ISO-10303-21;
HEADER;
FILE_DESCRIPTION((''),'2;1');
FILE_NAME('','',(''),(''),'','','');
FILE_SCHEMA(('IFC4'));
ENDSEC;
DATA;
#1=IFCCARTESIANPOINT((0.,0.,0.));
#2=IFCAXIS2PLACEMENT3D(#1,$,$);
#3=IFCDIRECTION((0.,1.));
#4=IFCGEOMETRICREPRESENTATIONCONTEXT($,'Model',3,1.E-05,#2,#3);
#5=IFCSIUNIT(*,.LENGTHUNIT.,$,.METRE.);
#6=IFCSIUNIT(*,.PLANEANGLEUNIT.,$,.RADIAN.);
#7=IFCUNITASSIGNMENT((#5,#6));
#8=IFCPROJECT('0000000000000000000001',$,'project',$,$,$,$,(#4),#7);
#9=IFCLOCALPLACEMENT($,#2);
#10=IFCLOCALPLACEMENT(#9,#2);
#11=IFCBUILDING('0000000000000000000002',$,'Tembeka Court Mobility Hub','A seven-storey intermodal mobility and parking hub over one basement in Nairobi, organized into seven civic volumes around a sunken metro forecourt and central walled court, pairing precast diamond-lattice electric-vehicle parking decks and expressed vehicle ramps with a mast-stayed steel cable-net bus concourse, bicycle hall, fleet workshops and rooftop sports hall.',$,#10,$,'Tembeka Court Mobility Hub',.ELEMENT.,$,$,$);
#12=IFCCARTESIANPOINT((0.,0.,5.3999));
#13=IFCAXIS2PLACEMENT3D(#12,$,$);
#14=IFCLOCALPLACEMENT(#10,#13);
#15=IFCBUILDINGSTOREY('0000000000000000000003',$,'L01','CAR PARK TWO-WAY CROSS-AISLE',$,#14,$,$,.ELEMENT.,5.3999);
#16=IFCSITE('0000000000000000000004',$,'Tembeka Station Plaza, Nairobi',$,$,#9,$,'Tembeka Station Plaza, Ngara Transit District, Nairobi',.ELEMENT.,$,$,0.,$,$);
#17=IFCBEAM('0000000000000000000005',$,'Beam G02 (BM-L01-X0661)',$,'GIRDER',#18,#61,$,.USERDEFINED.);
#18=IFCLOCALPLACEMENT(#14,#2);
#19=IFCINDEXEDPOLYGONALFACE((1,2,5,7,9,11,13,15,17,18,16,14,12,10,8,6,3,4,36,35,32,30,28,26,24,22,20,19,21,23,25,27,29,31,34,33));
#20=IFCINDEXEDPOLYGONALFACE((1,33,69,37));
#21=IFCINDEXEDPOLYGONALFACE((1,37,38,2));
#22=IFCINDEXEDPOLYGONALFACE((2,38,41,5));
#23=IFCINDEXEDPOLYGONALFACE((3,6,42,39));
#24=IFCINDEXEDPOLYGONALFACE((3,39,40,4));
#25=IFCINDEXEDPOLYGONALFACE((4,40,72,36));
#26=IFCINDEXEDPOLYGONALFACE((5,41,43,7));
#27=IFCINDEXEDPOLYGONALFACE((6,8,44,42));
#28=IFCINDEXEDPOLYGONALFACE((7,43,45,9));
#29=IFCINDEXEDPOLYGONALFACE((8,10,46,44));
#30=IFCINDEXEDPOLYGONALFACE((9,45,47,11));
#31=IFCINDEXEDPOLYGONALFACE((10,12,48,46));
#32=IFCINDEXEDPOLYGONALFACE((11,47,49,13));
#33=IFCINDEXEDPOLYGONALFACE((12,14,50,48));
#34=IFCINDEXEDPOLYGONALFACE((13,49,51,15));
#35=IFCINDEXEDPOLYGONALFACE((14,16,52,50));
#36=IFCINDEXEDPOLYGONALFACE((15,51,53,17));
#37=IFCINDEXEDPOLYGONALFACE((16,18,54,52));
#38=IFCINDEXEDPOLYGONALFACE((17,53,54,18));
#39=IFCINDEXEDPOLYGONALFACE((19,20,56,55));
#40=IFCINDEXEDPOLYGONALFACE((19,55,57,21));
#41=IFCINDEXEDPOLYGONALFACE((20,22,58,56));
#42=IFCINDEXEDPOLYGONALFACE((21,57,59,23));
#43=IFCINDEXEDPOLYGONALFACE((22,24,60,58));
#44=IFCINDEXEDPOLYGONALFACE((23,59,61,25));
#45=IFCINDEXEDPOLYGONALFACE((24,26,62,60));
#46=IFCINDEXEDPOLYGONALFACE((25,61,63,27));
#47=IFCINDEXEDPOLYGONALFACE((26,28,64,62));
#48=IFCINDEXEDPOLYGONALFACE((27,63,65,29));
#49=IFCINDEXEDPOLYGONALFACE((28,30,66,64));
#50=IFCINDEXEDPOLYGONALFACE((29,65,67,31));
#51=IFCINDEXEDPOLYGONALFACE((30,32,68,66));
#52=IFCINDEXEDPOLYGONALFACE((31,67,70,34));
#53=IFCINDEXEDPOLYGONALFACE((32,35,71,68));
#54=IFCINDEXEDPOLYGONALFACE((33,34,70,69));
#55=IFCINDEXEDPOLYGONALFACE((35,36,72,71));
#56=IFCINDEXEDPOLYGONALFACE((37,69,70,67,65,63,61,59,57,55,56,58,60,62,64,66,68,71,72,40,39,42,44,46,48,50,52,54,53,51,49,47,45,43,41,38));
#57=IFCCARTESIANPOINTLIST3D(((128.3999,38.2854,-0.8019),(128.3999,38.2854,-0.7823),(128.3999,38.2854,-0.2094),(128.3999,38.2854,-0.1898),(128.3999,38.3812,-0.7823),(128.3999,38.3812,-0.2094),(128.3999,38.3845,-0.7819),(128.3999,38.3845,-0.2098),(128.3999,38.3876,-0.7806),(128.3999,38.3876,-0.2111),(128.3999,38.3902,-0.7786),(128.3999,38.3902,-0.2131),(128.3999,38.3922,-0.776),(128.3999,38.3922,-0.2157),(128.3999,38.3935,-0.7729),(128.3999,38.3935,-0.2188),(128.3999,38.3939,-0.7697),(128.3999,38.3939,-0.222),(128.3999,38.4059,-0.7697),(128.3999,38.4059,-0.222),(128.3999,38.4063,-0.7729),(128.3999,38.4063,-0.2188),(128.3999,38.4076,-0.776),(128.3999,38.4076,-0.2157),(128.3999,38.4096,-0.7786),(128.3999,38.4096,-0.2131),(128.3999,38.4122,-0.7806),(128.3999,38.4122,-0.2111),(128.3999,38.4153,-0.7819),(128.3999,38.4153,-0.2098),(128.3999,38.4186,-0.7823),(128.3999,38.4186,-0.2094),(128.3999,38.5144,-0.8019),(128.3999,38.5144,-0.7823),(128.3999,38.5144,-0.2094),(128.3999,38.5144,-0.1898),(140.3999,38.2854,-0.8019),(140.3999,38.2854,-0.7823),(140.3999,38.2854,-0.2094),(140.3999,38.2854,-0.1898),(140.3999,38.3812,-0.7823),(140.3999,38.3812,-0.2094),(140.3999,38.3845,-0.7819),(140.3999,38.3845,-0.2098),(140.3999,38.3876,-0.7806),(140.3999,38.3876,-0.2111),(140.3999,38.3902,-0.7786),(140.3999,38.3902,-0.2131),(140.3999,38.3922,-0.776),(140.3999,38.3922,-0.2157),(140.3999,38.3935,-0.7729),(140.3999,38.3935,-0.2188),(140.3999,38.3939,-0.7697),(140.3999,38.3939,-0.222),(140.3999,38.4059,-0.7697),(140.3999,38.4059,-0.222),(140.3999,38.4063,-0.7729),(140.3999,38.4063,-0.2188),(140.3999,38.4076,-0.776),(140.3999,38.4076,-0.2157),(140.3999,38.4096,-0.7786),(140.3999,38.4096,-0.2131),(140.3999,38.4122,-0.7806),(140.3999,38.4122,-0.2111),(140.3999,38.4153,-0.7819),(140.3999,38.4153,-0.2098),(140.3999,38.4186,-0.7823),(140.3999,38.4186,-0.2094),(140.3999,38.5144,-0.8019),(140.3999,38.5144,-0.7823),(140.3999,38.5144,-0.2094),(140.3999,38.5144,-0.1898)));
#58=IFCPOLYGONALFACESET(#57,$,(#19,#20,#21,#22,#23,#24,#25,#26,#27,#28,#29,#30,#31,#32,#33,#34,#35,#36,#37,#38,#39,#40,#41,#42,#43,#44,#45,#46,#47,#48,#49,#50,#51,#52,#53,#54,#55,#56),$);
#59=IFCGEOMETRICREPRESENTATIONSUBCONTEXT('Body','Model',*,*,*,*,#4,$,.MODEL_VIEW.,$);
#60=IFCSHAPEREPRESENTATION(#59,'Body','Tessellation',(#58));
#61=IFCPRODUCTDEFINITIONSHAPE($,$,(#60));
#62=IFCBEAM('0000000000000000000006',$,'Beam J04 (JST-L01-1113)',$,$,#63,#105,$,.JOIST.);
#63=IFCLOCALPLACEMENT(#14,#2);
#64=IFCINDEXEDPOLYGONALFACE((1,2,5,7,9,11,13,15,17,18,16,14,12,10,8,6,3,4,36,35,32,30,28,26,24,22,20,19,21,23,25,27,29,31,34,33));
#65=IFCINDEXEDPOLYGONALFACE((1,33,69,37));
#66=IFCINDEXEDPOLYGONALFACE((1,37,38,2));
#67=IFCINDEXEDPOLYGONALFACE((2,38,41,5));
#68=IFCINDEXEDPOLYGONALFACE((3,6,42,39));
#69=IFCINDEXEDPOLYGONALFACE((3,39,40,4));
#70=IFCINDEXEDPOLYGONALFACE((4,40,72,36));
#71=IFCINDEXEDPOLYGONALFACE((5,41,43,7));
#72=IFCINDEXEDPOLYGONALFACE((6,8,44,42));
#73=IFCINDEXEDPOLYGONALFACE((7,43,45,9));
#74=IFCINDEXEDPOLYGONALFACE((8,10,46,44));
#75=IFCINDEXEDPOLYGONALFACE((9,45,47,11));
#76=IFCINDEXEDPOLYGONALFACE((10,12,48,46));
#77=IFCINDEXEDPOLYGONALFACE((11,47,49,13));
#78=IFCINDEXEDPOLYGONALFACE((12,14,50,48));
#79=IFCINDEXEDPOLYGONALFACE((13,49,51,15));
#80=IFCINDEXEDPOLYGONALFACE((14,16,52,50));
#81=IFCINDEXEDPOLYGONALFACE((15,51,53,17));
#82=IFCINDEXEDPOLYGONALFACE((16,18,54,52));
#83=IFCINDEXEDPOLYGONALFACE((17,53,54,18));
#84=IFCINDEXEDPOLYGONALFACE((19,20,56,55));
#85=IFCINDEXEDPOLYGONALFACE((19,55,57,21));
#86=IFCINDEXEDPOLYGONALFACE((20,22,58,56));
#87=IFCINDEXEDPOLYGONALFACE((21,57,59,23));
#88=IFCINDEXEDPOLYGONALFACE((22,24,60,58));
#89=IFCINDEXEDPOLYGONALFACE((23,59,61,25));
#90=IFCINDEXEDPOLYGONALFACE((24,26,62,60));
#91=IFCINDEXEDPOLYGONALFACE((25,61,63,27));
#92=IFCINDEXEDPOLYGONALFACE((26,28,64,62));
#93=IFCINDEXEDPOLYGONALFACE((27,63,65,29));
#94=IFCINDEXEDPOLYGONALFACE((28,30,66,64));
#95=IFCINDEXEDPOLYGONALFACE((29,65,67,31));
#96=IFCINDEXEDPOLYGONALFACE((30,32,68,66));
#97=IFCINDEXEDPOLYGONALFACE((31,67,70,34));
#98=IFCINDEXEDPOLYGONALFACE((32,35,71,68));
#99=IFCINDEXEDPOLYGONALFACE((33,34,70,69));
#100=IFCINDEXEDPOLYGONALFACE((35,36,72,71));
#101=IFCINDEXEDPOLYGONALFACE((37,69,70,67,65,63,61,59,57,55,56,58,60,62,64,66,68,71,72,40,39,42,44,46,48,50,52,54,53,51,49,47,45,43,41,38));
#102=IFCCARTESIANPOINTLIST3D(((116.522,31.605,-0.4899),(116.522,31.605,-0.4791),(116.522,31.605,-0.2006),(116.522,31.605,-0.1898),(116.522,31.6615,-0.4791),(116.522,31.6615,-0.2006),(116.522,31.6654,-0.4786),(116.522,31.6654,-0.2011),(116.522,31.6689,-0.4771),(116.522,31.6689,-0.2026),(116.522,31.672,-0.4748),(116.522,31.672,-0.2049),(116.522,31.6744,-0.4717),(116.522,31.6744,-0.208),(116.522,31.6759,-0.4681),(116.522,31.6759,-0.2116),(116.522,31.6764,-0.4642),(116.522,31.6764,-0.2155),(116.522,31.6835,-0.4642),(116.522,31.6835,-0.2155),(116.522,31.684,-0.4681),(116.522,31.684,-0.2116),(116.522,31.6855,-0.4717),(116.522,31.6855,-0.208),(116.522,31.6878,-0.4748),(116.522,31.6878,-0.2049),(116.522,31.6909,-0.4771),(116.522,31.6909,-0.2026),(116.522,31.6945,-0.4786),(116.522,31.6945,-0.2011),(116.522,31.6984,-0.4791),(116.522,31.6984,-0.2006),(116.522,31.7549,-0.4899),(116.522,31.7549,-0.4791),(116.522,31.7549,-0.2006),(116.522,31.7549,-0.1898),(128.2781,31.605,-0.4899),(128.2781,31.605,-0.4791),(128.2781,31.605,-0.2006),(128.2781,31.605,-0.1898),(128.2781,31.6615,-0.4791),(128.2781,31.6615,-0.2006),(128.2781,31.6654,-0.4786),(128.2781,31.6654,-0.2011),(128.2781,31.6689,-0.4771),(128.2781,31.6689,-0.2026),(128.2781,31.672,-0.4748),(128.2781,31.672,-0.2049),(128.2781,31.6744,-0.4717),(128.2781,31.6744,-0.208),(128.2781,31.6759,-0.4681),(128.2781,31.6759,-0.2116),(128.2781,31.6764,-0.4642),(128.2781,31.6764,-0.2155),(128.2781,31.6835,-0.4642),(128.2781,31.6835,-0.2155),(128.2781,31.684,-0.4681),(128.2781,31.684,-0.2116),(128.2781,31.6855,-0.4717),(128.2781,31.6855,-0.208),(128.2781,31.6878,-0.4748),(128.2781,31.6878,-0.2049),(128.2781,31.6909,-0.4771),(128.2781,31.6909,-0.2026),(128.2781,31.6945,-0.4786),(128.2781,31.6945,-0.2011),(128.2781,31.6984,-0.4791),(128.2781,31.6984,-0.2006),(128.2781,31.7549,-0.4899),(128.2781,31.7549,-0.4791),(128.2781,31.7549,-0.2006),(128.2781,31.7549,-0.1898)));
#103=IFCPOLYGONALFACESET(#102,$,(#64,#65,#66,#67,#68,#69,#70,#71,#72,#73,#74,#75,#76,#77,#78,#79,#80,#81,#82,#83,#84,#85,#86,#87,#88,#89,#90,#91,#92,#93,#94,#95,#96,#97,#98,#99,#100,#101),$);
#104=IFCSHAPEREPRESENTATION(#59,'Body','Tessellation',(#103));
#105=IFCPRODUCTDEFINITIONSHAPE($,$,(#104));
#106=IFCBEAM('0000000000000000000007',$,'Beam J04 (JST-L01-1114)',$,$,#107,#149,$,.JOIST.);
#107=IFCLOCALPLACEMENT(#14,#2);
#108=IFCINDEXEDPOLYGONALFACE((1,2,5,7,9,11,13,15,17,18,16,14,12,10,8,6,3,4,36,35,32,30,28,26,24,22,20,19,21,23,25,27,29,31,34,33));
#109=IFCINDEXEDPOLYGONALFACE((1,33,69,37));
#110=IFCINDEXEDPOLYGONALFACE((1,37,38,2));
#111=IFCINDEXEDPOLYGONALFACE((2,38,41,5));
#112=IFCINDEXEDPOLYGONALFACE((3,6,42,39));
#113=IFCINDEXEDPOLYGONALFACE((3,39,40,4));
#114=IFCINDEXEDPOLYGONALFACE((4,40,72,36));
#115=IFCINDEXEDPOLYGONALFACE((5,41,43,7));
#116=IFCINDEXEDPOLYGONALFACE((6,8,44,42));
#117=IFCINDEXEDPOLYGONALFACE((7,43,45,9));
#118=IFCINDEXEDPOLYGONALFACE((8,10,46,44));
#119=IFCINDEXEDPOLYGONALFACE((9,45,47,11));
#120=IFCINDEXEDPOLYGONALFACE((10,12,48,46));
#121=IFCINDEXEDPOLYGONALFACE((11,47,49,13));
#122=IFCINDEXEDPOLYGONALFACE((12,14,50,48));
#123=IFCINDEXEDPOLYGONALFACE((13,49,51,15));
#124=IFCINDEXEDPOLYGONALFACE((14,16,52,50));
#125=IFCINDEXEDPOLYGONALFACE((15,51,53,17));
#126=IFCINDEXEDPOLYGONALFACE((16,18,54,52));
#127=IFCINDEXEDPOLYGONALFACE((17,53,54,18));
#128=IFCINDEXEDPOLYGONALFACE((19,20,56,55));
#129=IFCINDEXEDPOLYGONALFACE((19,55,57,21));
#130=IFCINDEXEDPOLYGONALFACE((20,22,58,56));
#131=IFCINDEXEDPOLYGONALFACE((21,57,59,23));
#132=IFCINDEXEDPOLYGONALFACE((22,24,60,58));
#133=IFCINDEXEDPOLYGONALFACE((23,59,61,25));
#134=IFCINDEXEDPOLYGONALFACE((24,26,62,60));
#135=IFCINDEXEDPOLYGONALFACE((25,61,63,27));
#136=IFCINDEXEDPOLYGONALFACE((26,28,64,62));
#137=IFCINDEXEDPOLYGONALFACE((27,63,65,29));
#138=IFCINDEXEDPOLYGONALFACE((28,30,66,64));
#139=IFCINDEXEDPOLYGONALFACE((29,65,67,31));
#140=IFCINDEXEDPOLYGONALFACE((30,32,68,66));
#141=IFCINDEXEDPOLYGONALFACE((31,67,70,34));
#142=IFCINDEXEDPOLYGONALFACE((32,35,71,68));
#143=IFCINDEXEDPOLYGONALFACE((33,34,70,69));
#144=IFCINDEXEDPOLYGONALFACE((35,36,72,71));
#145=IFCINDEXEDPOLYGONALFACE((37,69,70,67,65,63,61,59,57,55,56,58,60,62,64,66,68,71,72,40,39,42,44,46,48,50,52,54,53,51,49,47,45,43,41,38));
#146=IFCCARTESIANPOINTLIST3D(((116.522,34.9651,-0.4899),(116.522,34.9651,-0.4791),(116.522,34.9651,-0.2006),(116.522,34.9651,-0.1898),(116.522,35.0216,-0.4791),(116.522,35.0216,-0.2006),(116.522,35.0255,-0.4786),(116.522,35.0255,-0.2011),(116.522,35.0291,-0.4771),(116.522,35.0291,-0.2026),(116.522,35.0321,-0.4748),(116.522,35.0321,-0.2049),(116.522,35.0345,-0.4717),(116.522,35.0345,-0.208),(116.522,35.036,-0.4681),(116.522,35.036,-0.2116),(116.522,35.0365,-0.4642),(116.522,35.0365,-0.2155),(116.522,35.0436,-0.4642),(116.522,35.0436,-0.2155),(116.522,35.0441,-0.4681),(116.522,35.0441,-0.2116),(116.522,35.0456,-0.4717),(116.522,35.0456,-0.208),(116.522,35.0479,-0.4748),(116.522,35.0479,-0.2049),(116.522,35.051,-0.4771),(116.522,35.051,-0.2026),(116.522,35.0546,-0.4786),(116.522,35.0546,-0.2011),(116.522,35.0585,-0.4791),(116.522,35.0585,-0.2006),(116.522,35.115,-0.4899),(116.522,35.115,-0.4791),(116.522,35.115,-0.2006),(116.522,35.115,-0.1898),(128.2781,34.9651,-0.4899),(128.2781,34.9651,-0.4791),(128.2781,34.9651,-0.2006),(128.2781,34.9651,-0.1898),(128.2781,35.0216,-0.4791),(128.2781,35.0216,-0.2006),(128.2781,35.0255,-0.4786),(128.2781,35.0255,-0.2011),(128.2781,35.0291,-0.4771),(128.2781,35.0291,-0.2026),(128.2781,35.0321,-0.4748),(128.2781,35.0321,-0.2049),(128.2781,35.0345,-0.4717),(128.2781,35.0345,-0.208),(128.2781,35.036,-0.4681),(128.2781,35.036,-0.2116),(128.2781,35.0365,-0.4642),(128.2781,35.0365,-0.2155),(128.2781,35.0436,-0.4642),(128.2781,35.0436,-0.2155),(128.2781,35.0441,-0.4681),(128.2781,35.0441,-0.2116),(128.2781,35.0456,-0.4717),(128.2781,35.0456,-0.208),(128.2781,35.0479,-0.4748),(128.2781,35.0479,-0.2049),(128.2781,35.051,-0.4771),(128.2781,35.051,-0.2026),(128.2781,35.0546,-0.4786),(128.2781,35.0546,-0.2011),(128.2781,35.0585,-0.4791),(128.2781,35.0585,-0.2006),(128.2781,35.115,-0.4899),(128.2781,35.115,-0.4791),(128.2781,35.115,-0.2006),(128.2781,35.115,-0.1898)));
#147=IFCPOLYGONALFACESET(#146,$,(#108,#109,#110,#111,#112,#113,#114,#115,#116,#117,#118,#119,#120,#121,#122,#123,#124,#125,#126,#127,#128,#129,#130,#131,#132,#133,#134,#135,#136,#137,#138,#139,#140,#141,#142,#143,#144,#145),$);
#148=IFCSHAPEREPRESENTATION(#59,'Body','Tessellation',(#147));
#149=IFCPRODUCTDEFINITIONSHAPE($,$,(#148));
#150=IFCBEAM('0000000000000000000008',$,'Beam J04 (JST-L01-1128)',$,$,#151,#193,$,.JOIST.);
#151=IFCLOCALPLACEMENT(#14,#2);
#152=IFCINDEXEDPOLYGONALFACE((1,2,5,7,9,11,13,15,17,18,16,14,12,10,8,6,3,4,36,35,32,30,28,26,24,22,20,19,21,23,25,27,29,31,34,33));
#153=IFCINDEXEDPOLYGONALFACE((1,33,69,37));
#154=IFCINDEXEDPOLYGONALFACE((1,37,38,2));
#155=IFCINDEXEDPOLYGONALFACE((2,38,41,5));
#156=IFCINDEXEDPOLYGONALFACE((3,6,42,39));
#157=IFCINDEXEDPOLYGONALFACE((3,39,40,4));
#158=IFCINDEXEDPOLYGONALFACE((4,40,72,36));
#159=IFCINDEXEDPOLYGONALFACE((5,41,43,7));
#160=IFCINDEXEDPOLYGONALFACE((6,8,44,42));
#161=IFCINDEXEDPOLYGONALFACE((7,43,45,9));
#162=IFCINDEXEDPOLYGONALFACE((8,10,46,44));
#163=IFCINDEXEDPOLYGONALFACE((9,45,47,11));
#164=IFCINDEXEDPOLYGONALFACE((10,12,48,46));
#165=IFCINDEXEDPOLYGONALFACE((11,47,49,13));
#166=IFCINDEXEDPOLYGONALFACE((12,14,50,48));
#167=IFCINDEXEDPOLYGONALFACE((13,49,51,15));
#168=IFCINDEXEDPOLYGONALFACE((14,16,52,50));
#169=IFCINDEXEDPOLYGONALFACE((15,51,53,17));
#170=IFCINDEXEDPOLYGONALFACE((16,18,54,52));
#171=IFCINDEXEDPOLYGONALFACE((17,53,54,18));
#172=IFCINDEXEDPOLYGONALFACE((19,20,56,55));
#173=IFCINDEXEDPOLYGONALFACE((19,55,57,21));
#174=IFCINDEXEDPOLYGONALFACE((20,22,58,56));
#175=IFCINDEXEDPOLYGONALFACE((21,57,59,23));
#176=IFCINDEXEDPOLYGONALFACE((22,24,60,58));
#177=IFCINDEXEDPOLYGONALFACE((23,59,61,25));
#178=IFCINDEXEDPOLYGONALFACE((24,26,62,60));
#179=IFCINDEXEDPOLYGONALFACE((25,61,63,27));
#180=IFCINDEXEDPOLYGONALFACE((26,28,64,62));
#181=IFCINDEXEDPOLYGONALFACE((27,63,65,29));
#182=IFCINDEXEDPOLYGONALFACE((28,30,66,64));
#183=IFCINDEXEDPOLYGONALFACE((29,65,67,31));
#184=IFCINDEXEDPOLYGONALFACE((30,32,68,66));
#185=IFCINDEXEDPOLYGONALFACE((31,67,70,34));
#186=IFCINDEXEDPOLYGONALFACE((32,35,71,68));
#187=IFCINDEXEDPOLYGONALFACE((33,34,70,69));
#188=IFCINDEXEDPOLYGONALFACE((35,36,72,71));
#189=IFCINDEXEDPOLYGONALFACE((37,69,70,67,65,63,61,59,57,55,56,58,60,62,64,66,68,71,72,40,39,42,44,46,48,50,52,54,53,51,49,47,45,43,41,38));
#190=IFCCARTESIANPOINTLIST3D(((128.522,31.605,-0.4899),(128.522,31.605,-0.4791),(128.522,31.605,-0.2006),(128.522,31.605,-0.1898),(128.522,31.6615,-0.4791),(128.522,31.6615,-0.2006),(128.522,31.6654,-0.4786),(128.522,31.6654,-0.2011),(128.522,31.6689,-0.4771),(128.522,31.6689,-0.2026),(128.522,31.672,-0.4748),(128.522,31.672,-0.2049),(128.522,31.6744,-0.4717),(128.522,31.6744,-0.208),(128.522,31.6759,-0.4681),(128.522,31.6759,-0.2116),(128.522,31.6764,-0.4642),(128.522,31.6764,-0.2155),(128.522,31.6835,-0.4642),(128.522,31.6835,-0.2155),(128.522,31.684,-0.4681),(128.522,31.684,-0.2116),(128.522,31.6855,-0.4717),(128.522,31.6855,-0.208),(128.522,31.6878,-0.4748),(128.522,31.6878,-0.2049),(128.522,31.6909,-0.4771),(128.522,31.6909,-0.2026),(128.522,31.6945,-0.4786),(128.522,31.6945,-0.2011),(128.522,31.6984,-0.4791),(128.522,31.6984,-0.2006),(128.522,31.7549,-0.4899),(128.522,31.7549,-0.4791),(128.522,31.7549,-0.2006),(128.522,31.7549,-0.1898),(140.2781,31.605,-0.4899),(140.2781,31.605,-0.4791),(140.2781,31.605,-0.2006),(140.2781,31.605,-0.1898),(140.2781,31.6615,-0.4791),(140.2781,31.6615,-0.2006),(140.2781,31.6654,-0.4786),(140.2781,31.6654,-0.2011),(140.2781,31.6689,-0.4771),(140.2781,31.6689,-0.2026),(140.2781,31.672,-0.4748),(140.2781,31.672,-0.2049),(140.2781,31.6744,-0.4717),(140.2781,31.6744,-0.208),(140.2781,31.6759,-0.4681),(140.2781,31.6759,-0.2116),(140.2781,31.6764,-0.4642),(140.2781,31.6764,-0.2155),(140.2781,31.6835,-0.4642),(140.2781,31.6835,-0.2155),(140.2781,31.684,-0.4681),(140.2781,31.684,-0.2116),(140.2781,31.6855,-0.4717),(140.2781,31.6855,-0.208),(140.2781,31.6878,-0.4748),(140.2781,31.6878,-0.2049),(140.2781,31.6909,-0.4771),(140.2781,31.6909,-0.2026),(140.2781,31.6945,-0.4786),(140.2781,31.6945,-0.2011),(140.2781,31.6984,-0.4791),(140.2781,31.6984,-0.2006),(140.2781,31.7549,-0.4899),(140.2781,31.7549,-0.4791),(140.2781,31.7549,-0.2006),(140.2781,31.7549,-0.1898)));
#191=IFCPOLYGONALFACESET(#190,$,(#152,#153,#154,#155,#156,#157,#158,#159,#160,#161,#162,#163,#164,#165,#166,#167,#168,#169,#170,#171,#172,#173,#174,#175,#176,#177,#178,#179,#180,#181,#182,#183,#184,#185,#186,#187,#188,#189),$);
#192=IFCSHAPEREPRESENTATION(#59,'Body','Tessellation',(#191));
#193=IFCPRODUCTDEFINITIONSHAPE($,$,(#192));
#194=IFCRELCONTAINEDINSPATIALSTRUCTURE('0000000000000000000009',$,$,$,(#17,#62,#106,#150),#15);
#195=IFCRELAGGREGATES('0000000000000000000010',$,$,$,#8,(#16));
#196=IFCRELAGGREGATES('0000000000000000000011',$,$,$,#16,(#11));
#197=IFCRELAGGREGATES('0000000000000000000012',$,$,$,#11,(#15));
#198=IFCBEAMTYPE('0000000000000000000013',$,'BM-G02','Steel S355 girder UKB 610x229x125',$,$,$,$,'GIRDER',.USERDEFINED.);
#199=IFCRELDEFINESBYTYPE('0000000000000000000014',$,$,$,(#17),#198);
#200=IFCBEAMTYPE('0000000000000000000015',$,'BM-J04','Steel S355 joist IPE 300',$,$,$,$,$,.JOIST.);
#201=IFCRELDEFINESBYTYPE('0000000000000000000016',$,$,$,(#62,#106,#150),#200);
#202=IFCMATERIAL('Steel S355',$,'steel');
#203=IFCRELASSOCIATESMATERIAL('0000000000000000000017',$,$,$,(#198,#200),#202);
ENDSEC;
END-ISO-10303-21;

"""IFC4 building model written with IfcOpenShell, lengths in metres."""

from ifc_helpers import new_model, si_unit, direction, frame, origin, origin_2d, place, context, subcontext, project, spatial, i_section, extrude, material, material_profile, profile_set, type_object, element, save


model = new_model("IFC4")

# Units and contexts
model_context = context("Model", 3, precision=1e-05, world=origin(), true_north=direction((0.0, 1.0)))
body_context = subcontext(model_context, "Body", "Model", "MODEL_VIEW")
ifc_project = project(units=[si_unit("LENGTHUNIT", "METRE"), si_unit("PLANEANGLEUNIT", "RADIAN")], contexts=[model_context])

# Site, building, storey
site_placement = place(None, origin())
site = spatial("IfcSite", under=ifc_project, at=site_placement, Name="Tembeka Station Plaza, Nairobi", LongName="Tembeka Station Plaza, Ngara Transit District, Nairobi", CompositionType="ELEMENT", RefElevation=0.0)
building_placement = place(site_placement, origin())
building = spatial("IfcBuilding", under=site, at=building_placement, Name="Tembeka Court Mobility Hub", Description="A seven-storey intermodal mobility and parking hub over one basement in Nairobi, organized into seven civic volumes around a sunken metro forecourt and central walled court, pairing precast diamond-lattice electric-vehicle parking decks and expressed vehicle ramps with a mast-stayed steel cable-net bus concourse, bicycle hall, fleet workshops and rooftop sports hall.", LongName="Tembeka Court Mobility Hub", CompositionType="ELEMENT")
storey_placement = place(building_placement, frame((0.0, 0.0, 5.3999)))
storey = spatial("IfcBuildingStorey", under=building, at=storey_placement, Name="L01", Description="CAR PARK TWO-WAY CROSS-AISLE", CompositionType="ELEMENT", Elevation=5.3999)

# Shared definitions
ifc_material_1 = material(Name="Steel S355", Category="steel")

# Beams
ifc_material_profile_1 = material_profile(ifc_material_1, i_section(OverallWidth=0.229, OverallDepth=0.6121, WebThickness=0.012, FlangeThickness=0.0195, FilletRadius=0.0127, at=origin_2d()), Name="UKB 610x229x125")
ifc_profile_set_1 = profile_set([ifc_material_profile_1], Name="Steel S355")
beam_type_1 = type_object("IfcBeamType", Name="BM-G02", Description="Steel S355 girder UKB 610x229x125", ElementType="GIRDER", PredefinedType="USERDEFINED", material=ifc_profile_set_1)
for number, where, z_axis, x_axis, name in (
    (1, (128.3999, 38.3999, -0.4958), (1.0, 0.0, 0.0), (0.0, 1.0, 0.0), "Beam G02 (BM-L01-X0661)"),
):
    element("IfcBeam", number, at=place(storey_placement, frame(where, z_axis=z_axis, x_axis=x_axis)), inside=storey, type_object=beam_type_1, Name=name, ObjectType="GIRDER", PredefinedType="USERDEFINED", context=body_context, shape_type="SweptSolid", body=[
        extrude(i_section(OverallWidth=0.229, OverallDepth=0.6121, WebThickness=0.012, FlangeThickness=0.0195, FilletRadius=0.0127, at=origin_2d()), origin(), (0.0, 0.0, 1.0), 12.0),
    ])
ifc_material_profile_2 = material_profile(ifc_material_1, i_section(OverallWidth=0.1499, OverallDepth=0.3, WebThickness=0.0071, FlangeThickness=0.0107, FilletRadius=0.0149, at=origin_2d()), Name="IPE 300")
ifc_profile_set_2 = profile_set([ifc_material_profile_2], Name="Steel S355")
beam_type_2 = type_object("IfcBeamType", Name="BM-J04", Description="Steel S355 joist IPE 300", PredefinedType="JOIST", material=ifc_profile_set_2)
for number, where, z_axis, x_axis, name in (
    (2, (116.522, 31.6799, -0.3398), (1.0, 0.0, 0.0), (0.0, 1.0, 0.0), "Beam J04 (JST-L01-1113)"),
    (3, (116.522, 35.04, -0.3398), (1.0, 0.0, 0.0), (0.0, 1.0, 0.0), "Beam J04 (JST-L01-1114)"),
    (4, (128.522, 31.6799, -0.3398), (1.0, 0.0, 0.0), (0.0, 1.0, 0.0), "Beam J04 (JST-L01-1128)"),
):
    element("IfcBeam", number, at=place(storey_placement, frame(where, z_axis=z_axis, x_axis=x_axis)), inside=storey, type_object=beam_type_2, Name=name, PredefinedType="JOIST", context=body_context, shape_type="SweptSolid", body=[
        extrude(i_section(OverallWidth=0.1499, OverallDepth=0.3, WebThickness=0.0071, FlangeThickness=0.0107, FilletRadius=0.0149, at=origin_2d()), origin(), (0.0, 0.0, 1.0), 11.7561),
    ])

save(model, "model.ifc")
